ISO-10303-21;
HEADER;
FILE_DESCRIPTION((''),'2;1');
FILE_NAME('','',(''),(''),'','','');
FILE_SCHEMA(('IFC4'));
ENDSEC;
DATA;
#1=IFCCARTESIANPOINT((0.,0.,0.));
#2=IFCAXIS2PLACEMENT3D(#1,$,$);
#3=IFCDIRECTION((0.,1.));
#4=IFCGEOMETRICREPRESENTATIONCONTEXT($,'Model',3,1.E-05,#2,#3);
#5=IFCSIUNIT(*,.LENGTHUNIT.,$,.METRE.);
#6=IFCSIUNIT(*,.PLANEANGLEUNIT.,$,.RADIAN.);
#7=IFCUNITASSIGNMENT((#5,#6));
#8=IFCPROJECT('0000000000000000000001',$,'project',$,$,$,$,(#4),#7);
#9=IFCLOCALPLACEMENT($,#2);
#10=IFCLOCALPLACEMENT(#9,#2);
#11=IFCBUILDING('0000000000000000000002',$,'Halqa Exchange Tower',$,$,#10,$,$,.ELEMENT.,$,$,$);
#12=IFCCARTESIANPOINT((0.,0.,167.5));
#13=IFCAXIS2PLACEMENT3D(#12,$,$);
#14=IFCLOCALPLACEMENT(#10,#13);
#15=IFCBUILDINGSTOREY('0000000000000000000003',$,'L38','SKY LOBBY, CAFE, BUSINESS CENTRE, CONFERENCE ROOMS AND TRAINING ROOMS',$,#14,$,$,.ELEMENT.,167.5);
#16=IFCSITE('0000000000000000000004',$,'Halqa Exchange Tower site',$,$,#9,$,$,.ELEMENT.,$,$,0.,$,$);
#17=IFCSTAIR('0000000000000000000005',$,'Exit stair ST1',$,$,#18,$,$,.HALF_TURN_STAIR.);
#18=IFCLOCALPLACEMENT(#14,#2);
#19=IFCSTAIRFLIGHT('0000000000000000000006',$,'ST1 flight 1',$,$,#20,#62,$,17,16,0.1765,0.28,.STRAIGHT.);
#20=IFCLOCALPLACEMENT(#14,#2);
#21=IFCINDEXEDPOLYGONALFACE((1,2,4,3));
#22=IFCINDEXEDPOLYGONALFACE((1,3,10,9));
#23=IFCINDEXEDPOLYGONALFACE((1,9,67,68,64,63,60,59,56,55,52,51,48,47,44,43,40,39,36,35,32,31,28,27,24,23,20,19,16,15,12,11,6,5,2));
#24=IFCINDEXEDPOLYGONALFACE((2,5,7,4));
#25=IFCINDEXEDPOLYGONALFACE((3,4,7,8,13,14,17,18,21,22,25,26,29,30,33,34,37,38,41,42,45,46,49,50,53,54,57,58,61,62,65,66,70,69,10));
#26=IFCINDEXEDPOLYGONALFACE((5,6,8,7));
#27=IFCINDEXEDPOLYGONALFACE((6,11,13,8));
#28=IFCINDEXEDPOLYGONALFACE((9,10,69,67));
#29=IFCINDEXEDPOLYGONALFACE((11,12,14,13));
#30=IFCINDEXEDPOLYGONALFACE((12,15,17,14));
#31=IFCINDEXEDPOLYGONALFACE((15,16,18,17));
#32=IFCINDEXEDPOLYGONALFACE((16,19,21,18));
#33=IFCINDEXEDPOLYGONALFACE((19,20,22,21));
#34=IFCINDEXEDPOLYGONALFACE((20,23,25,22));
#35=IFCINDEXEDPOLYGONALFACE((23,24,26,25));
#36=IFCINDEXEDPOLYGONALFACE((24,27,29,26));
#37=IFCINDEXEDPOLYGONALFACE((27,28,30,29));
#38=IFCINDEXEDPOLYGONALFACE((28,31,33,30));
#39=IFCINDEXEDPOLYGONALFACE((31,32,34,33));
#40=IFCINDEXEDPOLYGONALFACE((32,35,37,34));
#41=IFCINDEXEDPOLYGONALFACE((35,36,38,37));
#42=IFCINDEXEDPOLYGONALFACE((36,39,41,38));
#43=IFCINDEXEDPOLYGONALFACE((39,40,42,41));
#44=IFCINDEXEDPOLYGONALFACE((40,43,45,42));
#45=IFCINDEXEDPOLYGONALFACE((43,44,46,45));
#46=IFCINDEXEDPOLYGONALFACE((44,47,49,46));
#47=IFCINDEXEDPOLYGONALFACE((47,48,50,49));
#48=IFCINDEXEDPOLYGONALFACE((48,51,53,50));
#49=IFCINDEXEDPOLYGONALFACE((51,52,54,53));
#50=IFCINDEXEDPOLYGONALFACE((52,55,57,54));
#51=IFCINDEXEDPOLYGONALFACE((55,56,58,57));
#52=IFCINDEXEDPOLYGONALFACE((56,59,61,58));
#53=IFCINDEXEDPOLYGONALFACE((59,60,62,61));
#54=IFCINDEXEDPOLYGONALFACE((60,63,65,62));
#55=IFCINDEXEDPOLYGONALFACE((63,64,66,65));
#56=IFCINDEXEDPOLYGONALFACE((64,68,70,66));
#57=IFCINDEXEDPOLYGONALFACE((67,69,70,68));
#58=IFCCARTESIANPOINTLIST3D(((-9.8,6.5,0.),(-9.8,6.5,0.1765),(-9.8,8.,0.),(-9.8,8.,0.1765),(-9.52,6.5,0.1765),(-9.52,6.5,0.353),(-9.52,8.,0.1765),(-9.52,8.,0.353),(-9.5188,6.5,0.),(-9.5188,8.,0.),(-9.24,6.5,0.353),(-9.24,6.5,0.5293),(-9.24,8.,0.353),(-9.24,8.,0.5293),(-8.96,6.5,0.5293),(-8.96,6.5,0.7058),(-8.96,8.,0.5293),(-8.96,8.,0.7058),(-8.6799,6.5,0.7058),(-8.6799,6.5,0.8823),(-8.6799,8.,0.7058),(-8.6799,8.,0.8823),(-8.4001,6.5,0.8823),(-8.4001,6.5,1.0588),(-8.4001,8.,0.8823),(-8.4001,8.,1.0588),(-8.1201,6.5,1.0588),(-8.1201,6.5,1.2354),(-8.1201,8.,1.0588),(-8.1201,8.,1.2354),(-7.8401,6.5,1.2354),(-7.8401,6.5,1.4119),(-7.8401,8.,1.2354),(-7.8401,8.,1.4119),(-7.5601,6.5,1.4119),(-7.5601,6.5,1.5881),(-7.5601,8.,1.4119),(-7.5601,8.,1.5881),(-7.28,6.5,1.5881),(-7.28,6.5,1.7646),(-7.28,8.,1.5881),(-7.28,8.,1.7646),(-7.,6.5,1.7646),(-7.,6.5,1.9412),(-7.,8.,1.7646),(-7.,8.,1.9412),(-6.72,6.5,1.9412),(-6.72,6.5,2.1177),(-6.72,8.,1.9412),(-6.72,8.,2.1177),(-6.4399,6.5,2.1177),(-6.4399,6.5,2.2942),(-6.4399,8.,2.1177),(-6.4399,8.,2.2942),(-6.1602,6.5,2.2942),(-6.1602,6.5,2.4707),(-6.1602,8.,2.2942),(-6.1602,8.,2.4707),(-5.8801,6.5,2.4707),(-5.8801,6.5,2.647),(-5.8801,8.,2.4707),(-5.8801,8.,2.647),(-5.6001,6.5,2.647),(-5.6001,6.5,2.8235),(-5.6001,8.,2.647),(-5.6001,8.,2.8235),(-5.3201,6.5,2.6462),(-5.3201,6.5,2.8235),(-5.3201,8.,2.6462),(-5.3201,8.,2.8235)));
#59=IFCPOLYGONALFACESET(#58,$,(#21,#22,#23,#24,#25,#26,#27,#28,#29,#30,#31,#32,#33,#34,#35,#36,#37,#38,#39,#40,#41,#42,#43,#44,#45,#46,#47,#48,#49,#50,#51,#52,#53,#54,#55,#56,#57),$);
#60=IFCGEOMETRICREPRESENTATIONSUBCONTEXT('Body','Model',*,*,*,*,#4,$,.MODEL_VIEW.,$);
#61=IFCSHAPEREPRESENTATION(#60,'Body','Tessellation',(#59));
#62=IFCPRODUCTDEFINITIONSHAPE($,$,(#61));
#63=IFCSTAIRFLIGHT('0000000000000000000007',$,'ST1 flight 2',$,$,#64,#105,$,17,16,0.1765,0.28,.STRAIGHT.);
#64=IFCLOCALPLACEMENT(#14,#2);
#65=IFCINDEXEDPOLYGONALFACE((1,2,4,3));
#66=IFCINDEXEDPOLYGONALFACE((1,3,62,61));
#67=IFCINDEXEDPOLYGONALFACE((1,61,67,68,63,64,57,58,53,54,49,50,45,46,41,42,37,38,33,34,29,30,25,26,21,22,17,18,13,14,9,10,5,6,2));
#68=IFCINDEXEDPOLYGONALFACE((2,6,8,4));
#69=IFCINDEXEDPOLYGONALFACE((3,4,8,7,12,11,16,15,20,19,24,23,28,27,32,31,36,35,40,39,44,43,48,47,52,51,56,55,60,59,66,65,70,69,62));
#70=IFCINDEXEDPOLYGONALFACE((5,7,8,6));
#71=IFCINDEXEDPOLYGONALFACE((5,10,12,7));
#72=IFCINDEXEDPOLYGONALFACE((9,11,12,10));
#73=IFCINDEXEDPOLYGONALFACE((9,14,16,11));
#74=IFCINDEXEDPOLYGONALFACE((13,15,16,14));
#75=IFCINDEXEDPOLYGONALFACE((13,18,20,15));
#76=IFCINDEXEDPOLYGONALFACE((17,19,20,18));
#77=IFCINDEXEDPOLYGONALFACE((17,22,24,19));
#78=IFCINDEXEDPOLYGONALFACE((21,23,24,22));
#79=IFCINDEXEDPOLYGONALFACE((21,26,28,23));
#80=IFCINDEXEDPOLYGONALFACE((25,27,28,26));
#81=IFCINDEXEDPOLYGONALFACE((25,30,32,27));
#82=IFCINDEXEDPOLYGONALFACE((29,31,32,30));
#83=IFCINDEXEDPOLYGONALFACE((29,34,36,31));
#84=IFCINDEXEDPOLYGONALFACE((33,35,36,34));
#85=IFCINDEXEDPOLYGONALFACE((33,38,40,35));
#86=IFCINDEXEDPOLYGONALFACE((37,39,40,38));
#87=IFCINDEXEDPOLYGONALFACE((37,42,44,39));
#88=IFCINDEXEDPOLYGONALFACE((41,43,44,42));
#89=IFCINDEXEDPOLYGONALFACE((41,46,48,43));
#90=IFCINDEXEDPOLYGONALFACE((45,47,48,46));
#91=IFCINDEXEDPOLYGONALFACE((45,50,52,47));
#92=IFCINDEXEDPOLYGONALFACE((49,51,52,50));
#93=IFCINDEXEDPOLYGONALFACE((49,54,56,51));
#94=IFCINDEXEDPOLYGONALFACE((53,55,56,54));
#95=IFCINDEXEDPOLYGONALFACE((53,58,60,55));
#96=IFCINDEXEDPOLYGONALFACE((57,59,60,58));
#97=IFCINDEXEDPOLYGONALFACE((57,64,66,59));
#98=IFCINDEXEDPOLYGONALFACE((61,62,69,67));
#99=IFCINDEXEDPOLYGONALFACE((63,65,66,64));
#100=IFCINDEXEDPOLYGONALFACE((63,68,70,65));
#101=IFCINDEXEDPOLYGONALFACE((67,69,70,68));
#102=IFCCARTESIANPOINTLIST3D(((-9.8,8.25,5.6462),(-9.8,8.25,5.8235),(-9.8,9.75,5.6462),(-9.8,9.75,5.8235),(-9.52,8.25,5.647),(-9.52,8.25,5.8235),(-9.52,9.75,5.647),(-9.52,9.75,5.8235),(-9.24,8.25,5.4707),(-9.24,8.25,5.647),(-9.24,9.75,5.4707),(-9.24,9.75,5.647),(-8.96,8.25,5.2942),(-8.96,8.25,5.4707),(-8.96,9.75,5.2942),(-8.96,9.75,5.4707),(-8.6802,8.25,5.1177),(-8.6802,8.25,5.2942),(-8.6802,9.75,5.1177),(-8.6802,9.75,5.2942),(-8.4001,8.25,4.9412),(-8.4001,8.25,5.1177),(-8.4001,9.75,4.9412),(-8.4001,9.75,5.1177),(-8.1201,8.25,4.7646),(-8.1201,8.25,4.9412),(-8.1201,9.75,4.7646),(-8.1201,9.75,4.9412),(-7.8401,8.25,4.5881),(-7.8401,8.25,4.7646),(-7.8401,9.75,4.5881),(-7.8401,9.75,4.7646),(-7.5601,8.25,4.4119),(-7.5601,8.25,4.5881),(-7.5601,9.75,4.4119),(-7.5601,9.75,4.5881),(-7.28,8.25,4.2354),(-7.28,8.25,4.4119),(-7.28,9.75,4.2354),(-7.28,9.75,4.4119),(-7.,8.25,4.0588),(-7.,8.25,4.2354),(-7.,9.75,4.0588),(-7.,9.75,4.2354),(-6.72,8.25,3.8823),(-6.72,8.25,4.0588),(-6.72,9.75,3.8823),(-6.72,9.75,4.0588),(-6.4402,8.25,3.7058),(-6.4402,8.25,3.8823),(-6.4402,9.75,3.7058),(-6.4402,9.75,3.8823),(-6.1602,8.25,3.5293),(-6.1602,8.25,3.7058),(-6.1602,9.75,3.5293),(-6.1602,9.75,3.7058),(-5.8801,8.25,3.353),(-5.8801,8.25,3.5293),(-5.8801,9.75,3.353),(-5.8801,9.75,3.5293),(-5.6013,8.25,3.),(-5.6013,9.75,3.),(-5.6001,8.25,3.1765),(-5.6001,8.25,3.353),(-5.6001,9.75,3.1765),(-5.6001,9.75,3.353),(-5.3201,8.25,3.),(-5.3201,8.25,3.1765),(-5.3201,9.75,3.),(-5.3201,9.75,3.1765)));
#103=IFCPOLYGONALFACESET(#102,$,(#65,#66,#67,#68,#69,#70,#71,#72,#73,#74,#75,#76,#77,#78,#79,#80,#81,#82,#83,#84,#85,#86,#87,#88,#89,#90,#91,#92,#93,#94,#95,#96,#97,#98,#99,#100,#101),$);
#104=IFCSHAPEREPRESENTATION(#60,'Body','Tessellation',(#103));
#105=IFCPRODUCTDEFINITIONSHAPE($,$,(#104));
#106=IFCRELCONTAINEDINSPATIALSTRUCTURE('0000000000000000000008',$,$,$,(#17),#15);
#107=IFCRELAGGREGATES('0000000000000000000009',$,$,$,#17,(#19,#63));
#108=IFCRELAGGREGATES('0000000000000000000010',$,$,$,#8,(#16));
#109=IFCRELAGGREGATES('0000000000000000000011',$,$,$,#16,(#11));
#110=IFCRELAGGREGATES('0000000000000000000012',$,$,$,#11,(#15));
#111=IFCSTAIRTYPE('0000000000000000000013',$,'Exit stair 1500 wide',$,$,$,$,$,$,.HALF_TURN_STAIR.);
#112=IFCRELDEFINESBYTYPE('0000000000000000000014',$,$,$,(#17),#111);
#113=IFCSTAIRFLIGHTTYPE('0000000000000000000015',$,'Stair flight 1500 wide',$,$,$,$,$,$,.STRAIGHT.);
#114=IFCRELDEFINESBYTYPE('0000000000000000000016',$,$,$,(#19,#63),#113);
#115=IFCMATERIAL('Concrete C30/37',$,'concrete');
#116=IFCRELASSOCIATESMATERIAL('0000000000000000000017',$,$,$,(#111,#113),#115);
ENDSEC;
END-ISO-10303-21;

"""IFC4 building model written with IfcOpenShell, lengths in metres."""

from ifc_helpers import new_model, si_unit, direction, frame, origin, place, context, subcontext, project, spatial, polyline, outline, extrude, material, type_object, element, aggregate, save


model = new_model("IFC4")

# Units and contexts
model_context = context("Model", 3, precision=1e-05, world=origin(), true_north=direction((0.0, 1.0)))
body_context = subcontext(model_context, "Body", "Model", "MODEL_VIEW")
ifc_project = project(units=[si_unit("LENGTHUNIT", "METRE"), si_unit("PLANEANGLEUNIT", "RADIAN")], contexts=[model_context])

# Site, building, storey
site_placement = place(None, origin())
site = spatial("IfcSite", under=ifc_project, at=site_placement, Name="Halqa Exchange Tower site", CompositionType="ELEMENT", RefElevation=0.0)
building_placement = place(site_placement, origin())
building = spatial("IfcBuilding", under=site, at=building_placement, Name="Halqa Exchange Tower", CompositionType="ELEMENT")
storey_placement = place(building_placement, frame((0.0, 0.0, 167.5)))
storey = spatial("IfcBuildingStorey", under=building, at=storey_placement, Name="L38", Description="SKY LOBBY, CAFE, BUSINESS CENTRE, CONFERENCE ROOMS AND TRAINING ROOMS", CompositionType="ELEMENT", Elevation=167.5)

# Shared definitions
ifc_material_1 = material(Name="Concrete C30/37", Category="concrete")

# Stair, stair flights
stair_type = type_object("IfcStairType", Name="Exit stair 1500 wide", PredefinedType="HALF_TURN_STAIR", material=ifc_material_1)
stair_placement = place(storey_placement, origin())
stair = element("IfcStair", 1, at=stair_placement, inside=storey, type_object=stair_type, Name="Exit stair ST1", PredefinedType="HALF_TURN_STAIR")
stair_flight_type = type_object("IfcStairFlightType", Name="Stair flight 1500 wide", PredefinedType="STRAIGHT", material=ifc_material_1)
stair_flight_1_placement = place(storey_placement, frame((-9.8, 7.25, 0.0), z_axis=(0.0, 0.0, 1.0), x_axis=(1.0, 0.0, 0.0)))
stair_flight_1 = element("IfcStairFlight", 2, at=stair_flight_1_placement, type_object=stair_flight_type, Name="ST1 flight 1", NumberOfRisers=17, NumberOfTreads=16, PredefinedType="STRAIGHT", RiserHeight=0.1765, TreadLength=0.28, context=body_context, shape_type="SweptSolid", body=[
    extrude(outline(polyline([(0.0, 0.0), (0.0, 0.1765), (0.28, 0.1765), (0.28, 0.353), (0.5601, 0.353), (0.5601, 0.5293), (0.8401, 0.5293), (0.8401, 0.7058), (1.1201, 0.7058), (1.1201, 0.8823), (1.3999, 0.8823), (1.3999, 1.0588), (1.6799, 1.0588), (1.6799, 1.2354), (1.96, 1.2354), (1.96, 1.4119), (2.24, 1.4119), (2.24, 1.5881), (2.52, 1.5881), (2.52, 1.7646), (2.8, 1.7646), (2.8, 1.9412), (3.0801, 1.9412), (3.0801, 2.1177), (3.3601, 2.1177), (3.3601, 2.2942), (3.6399, 2.2942), (3.6399, 2.4707), (3.9199, 2.4707), (3.9199, 2.647), (4.2, 2.647), (4.2, 2.8235), (4.48, 2.8235), (4.48, 3.0), (4.48, 2.6462), (0.2812, 0.0), (0.0, 0.0)])), frame((0.0, 0.75, 0.0), z_axis=(0.0, -1.0, 0.0), x_axis=(1.0, 0.0, 0.0)), (0.0, 0.0, 1.0), 1.5),
])
stair_flight_2_placement = place(storey_placement, frame((-5.3201, 9.0, 3.0), z_axis=(0.0, 0.0, 1.0), x_axis=(-1.0, 0.0, 0.0)))
stair_flight_2 = element("IfcStairFlight", 3, at=stair_flight_2_placement, type_object=stair_flight_type, Name="ST1 flight 2", NumberOfRisers=17, NumberOfTreads=16, PredefinedType="STRAIGHT", RiserHeight=0.1765, TreadLength=0.28, context=body_context, shape_type="SweptSolid", body=[
    extrude(outline(polyline([(0.0, 0.0), (0.0, 0.1765), (0.28, 0.1765), (0.28, 0.353), (0.5601, 0.353), (0.5601, 0.5293), (0.8401, 0.5293), (0.8401, 0.7058), (1.1201, 0.7058), (1.1201, 0.8823), (1.3999, 0.8823), (1.3999, 1.0588), (1.6799, 1.0588), (1.6799, 1.2354), (1.96, 1.2354), (1.96, 1.4119), (2.24, 1.4119), (2.24, 1.5881), (2.52, 1.5881), (2.52, 1.7646), (2.8, 1.7646), (2.8, 1.9412), (3.0801, 1.9412), (3.0801, 2.1177), (3.3601, 2.1177), (3.3601, 2.2942), (3.6399, 2.2942), (3.6399, 2.4707), (3.9199, 2.4707), (3.9199, 2.647), (4.2, 2.647), (4.2, 2.8235), (4.48, 2.8235), (4.48, 3.0), (4.48, 2.6462), (0.2812, 0.0), (0.0, 0.0)])), frame((0.0, 0.75, 0.0), z_axis=(0.0, -1.0, 0.0), x_axis=(1.0, 0.0, 0.0)), (0.0, 0.0, 1.0), 1.5),
])
aggregate(stair, [stair_flight_1, stair_flight_2])

save(model, "model.ifc")
